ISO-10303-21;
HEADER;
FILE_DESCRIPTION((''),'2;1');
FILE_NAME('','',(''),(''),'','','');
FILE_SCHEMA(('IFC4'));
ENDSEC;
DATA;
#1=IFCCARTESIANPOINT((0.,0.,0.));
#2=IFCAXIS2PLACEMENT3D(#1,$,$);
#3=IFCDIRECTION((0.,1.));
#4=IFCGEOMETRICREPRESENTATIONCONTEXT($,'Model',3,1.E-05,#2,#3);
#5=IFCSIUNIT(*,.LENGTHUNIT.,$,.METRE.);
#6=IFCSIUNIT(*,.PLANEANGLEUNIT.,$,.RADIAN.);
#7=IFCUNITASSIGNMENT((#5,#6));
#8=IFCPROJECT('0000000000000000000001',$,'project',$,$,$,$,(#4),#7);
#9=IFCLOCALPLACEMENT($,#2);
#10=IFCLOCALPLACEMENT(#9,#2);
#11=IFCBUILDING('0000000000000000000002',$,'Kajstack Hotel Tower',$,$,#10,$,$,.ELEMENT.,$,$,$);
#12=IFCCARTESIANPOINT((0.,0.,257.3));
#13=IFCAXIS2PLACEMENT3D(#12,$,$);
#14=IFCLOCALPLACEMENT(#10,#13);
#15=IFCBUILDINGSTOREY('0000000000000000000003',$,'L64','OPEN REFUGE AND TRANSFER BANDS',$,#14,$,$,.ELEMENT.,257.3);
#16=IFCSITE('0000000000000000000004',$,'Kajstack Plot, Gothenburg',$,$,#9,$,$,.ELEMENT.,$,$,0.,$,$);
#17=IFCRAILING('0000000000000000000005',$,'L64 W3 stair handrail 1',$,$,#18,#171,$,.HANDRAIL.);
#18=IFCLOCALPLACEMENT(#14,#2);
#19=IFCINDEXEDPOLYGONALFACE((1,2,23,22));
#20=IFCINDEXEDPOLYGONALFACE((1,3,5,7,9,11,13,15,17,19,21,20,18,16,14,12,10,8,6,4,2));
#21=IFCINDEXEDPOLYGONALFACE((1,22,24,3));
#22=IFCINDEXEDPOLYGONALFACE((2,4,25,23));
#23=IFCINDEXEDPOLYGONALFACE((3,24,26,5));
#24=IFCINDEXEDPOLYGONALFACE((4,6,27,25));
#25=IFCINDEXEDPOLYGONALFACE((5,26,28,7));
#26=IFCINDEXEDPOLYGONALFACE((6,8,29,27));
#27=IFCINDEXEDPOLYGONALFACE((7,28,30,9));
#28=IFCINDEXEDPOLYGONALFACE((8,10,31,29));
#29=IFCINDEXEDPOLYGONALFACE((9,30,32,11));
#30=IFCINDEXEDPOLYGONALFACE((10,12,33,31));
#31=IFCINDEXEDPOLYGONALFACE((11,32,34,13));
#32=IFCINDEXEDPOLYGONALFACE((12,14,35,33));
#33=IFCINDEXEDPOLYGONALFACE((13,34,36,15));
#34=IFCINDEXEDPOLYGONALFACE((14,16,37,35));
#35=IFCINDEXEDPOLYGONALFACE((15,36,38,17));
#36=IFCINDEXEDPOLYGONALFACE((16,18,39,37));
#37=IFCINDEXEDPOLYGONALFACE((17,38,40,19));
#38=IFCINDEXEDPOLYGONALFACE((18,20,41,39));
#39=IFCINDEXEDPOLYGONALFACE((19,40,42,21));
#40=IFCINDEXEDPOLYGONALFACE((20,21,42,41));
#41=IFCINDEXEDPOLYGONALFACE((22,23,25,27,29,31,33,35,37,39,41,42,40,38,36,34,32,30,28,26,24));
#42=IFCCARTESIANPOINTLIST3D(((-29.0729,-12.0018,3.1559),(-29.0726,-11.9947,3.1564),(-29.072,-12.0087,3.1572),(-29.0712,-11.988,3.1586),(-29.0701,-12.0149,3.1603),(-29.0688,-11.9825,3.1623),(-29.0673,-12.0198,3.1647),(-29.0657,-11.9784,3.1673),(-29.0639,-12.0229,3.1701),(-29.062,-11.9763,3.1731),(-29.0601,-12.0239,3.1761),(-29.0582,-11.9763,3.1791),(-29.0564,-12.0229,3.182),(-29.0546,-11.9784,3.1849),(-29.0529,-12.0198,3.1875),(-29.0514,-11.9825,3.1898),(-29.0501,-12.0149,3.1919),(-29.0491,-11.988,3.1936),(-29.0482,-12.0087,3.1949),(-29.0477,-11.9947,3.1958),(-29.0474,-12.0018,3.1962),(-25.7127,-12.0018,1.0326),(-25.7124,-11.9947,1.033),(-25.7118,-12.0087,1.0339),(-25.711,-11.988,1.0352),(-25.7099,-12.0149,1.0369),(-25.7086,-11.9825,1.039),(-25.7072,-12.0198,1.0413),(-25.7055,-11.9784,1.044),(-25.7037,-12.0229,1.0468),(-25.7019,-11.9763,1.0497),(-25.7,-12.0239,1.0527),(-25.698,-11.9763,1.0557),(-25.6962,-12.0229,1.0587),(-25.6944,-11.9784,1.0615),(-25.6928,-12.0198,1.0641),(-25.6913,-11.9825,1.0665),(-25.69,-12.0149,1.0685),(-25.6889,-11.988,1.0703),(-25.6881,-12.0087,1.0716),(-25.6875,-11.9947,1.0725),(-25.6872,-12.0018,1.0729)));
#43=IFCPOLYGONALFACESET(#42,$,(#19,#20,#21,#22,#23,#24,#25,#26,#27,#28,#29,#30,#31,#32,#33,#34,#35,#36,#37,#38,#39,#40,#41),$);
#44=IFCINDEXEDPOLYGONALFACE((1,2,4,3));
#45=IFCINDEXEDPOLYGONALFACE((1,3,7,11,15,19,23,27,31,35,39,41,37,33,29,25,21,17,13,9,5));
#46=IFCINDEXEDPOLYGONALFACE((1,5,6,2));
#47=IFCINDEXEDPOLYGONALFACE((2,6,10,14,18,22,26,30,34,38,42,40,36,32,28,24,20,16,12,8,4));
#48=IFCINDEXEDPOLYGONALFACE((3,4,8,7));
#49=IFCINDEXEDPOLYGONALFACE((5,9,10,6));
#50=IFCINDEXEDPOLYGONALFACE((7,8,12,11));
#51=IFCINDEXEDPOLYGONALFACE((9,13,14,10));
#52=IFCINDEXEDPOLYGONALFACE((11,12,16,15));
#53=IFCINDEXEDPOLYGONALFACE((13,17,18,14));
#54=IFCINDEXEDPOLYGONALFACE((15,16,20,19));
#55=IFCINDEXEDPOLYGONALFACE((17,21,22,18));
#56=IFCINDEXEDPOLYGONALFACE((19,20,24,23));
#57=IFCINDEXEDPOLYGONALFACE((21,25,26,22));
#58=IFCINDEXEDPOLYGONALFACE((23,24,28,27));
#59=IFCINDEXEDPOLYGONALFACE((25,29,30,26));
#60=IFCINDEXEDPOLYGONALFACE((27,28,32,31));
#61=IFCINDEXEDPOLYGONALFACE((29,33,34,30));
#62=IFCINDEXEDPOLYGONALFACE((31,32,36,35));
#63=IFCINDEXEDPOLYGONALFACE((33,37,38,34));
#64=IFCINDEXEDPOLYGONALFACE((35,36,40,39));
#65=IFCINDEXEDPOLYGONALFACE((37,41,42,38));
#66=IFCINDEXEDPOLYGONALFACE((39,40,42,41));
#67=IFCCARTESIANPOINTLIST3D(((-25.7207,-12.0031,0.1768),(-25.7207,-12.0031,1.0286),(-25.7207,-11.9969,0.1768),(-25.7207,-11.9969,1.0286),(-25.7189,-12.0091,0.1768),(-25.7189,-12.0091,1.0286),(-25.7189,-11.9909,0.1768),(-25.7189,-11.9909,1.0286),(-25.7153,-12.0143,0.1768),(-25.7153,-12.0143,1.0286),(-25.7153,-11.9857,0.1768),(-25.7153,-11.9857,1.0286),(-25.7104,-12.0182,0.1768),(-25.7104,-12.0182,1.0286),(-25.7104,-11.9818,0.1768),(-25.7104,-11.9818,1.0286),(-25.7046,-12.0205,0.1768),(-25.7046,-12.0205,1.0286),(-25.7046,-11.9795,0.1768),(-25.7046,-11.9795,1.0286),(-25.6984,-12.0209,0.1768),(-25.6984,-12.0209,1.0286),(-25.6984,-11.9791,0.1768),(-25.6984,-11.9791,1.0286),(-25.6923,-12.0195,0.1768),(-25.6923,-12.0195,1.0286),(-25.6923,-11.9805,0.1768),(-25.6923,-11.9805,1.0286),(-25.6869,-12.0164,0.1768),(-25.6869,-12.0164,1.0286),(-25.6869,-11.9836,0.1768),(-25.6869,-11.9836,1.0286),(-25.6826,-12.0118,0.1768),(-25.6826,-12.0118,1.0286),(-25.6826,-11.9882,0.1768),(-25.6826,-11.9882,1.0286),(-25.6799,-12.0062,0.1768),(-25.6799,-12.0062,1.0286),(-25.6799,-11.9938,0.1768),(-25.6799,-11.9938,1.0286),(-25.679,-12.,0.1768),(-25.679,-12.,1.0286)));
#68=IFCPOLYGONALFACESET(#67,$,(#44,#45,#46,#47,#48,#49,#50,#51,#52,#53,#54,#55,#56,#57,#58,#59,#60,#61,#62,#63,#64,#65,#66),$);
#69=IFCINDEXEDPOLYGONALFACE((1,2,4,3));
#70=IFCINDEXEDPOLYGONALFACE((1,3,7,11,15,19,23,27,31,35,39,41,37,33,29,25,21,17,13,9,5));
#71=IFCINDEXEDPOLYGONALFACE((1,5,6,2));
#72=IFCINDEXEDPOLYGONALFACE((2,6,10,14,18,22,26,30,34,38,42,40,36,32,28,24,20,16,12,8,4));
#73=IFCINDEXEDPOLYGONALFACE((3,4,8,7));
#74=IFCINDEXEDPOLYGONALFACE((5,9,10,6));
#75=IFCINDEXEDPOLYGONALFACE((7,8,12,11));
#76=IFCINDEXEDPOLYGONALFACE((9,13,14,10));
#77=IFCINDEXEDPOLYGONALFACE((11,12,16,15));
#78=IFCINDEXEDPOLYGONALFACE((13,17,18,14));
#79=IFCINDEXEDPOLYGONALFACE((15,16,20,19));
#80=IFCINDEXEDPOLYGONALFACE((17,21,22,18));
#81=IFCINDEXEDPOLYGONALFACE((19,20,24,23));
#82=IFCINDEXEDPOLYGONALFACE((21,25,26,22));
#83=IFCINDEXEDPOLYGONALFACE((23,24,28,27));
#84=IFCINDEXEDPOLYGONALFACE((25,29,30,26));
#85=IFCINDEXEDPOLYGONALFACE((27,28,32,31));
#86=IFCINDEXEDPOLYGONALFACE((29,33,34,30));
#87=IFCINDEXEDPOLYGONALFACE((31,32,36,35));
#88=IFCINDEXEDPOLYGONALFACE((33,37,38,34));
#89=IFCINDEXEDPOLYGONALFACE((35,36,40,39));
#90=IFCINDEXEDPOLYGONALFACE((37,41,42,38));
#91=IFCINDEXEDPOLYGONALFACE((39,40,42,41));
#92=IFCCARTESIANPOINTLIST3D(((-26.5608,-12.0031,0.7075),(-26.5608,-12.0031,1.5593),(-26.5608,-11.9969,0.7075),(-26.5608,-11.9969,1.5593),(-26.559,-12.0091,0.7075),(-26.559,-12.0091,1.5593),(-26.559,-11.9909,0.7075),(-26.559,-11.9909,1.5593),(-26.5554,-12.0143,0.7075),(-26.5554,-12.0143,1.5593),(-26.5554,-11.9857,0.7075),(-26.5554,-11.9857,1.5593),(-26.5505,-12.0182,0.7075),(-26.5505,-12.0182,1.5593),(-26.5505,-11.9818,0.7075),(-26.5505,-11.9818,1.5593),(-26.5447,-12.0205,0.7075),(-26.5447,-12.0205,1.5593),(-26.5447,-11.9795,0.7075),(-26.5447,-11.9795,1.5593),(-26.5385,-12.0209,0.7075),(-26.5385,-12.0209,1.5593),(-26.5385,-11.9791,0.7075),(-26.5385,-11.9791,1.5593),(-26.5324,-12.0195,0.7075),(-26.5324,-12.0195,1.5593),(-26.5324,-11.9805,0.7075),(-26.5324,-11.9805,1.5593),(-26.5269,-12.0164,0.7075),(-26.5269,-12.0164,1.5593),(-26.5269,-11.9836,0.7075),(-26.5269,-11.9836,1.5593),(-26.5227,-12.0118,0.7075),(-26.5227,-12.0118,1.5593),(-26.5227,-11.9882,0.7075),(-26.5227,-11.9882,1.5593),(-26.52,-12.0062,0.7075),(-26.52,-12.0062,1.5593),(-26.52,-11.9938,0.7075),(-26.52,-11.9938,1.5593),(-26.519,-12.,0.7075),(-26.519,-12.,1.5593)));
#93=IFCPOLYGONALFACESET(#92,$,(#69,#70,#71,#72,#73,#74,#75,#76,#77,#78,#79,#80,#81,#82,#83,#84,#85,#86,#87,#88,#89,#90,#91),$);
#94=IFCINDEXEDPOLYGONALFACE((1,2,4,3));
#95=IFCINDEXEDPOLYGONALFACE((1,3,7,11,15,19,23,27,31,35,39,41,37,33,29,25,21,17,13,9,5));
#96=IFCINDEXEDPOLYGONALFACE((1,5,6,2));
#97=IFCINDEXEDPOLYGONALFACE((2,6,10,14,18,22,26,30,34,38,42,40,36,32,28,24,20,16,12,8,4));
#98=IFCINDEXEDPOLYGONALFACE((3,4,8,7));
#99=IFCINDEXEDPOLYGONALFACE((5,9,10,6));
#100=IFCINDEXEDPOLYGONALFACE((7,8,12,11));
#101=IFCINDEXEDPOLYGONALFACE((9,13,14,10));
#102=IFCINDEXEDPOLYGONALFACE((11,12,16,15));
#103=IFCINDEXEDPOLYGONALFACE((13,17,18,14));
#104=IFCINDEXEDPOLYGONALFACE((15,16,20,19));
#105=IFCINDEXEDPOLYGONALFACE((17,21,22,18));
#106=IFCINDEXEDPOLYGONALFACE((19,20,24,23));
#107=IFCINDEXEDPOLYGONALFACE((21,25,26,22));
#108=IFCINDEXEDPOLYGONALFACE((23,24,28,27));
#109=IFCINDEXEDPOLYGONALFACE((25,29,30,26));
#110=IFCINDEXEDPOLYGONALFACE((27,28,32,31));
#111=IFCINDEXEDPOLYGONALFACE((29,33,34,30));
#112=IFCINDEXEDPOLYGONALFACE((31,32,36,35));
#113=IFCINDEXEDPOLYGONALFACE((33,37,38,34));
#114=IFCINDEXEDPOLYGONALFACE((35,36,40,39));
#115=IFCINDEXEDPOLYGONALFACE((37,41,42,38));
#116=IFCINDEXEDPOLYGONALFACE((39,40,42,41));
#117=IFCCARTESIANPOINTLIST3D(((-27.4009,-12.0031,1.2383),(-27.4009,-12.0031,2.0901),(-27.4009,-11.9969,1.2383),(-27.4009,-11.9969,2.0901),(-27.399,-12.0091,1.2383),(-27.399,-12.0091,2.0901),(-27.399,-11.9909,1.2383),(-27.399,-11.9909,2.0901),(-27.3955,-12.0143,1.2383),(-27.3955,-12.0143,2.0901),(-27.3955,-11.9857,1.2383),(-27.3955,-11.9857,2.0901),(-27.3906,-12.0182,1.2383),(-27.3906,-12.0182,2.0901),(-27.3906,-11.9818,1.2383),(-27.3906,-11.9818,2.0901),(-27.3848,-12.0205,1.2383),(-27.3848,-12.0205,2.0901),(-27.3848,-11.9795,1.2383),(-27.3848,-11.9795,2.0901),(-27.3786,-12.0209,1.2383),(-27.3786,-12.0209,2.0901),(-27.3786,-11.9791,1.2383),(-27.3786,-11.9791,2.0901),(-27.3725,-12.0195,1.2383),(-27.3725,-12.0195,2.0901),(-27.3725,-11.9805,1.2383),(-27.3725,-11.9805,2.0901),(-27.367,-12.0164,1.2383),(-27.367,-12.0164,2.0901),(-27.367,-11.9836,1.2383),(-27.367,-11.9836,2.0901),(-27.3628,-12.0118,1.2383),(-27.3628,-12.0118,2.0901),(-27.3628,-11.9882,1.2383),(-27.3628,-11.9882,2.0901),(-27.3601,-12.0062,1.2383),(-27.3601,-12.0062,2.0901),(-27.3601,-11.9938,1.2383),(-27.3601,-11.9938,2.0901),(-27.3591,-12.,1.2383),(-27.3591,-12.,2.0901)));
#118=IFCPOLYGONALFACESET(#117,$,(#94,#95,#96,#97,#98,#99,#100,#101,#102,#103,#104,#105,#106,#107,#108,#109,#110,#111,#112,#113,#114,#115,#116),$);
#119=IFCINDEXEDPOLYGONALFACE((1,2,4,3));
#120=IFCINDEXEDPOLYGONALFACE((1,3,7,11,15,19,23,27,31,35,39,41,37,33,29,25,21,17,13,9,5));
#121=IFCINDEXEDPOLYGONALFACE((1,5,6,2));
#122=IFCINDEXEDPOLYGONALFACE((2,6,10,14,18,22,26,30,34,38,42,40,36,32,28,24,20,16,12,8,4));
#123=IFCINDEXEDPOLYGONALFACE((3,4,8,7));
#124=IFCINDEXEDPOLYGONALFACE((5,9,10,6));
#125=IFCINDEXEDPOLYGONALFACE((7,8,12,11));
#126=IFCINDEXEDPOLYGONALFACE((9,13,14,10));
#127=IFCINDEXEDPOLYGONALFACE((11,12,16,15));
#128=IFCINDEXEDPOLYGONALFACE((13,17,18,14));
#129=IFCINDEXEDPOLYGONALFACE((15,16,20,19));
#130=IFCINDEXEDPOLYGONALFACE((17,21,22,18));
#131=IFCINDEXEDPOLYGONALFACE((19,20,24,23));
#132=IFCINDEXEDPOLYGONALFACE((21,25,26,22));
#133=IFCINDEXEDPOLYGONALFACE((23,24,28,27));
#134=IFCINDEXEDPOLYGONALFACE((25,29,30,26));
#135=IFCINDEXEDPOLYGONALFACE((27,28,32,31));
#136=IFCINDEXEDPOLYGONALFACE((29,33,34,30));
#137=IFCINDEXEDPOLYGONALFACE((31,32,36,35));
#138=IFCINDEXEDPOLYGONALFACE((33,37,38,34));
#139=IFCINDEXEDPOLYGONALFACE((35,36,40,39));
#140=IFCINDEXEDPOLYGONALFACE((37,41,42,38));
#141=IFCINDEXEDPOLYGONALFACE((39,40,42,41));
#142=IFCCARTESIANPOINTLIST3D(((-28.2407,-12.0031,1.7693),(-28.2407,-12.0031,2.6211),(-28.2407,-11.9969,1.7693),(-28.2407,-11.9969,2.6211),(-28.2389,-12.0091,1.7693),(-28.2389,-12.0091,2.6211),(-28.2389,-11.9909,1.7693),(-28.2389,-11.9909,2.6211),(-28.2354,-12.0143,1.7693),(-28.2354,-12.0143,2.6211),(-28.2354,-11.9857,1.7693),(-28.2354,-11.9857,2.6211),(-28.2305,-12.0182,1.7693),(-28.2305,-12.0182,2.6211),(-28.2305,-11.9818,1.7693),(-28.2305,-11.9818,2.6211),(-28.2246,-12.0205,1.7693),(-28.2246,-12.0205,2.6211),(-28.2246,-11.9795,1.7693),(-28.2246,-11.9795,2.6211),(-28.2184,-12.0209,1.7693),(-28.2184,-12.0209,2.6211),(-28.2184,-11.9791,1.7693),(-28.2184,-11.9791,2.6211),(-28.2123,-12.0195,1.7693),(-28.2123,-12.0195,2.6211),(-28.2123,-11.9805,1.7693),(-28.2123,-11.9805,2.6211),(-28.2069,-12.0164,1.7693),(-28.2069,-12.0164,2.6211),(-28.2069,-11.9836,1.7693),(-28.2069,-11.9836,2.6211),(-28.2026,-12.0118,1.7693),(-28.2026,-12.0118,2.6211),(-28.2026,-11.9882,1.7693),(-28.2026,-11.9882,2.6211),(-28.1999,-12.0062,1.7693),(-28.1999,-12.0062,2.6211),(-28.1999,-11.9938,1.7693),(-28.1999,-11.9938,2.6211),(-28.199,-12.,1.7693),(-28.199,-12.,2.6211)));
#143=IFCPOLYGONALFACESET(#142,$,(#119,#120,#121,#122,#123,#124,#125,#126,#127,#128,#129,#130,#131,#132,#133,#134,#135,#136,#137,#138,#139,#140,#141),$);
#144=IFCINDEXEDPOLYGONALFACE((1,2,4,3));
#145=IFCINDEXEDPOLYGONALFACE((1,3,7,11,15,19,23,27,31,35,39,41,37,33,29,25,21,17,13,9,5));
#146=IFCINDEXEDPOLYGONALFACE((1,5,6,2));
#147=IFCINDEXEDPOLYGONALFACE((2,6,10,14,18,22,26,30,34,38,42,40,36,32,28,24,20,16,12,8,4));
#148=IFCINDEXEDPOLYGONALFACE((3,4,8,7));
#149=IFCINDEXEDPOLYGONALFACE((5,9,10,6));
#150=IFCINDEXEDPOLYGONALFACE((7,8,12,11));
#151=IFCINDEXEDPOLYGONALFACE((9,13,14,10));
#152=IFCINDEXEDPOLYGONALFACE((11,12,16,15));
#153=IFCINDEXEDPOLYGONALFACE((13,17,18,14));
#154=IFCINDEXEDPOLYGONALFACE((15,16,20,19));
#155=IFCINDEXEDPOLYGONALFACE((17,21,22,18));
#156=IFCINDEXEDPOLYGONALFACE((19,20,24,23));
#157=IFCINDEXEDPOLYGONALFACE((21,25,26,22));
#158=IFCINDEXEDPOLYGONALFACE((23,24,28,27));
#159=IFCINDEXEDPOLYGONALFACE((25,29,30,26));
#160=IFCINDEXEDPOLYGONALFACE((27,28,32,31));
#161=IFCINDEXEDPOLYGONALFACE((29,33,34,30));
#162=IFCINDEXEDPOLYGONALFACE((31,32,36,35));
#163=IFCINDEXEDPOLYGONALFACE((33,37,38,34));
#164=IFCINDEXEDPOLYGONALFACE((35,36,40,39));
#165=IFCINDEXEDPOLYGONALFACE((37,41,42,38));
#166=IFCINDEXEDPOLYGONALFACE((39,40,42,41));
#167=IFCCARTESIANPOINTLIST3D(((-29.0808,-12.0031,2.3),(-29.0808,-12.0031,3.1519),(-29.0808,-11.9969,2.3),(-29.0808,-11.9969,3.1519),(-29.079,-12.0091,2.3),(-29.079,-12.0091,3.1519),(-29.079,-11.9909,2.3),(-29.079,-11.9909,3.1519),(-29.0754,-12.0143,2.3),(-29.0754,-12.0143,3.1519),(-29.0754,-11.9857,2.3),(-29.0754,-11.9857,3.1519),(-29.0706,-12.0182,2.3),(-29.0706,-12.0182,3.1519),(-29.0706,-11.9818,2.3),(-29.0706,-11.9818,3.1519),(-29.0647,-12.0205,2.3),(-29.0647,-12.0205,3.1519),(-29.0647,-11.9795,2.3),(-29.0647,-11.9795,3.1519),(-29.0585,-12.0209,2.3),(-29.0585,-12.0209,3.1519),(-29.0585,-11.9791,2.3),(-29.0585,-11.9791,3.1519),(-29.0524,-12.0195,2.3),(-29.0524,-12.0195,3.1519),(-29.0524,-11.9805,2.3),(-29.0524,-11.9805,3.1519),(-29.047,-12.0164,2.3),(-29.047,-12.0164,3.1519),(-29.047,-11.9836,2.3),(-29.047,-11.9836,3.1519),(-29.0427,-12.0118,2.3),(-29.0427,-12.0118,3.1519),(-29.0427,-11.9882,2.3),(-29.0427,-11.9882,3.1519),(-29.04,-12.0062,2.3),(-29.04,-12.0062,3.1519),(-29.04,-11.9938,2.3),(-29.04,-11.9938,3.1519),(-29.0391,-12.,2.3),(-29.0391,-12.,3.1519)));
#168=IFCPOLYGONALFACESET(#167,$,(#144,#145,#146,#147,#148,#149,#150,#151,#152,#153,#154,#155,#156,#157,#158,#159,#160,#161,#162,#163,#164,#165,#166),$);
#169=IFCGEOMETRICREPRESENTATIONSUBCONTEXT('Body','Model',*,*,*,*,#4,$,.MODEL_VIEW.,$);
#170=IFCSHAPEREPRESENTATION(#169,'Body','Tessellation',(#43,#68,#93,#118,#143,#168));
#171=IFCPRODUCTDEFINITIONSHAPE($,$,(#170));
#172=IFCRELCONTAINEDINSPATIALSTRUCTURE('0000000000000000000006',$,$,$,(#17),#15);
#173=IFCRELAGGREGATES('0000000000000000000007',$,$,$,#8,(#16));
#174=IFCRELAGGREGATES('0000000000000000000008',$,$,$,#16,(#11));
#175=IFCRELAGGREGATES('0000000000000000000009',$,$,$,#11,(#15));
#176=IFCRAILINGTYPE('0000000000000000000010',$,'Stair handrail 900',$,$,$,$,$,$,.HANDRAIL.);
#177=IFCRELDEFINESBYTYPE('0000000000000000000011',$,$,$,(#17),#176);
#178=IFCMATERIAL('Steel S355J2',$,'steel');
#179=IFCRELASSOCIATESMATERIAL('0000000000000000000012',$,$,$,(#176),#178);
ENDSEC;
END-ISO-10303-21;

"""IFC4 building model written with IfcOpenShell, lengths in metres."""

from ifc_helpers import new_model, si_unit, direction, frame, origin, origin_2d, place, context, subcontext, project, spatial, circle, extrude, material, type_object, element, save


model = new_model("IFC4")

# Units and contexts
model_context = context("Model", 3, precision=1e-05, world=origin(), true_north=direction((0.0, 1.0)))
body_context = subcontext(model_context, "Body", "Model", "MODEL_VIEW")
ifc_project = project(units=[si_unit("LENGTHUNIT", "METRE"), si_unit("PLANEANGLEUNIT", "RADIAN")], contexts=[model_context])

# Site, building, storey
site_placement = place(None, origin())
site = spatial("IfcSite", under=ifc_project, at=site_placement, Name="Kajstack Plot, Gothenburg", CompositionType="ELEMENT", RefElevation=0.0)
building_placement = place(site_placement, origin())
building = spatial("IfcBuilding", under=site, at=building_placement, Name="Kajstack Hotel Tower", CompositionType="ELEMENT")
storey_placement = place(building_placement, frame((0.0, 0.0, 257.3)))
storey = spatial("IfcBuildingStorey", under=building, at=storey_placement, Name="L64", Description="OPEN REFUGE AND TRANSFER BANDS", CompositionType="ELEMENT", Elevation=257.3)

# Railing
ifc_material_1 = material(Name="Steel S355J2", Category="steel")
railing_type_1 = type_object("IfcRailingType", Name="Stair handrail 900", PredefinedType="HANDRAIL", material=ifc_material_1)
railing_1_placement = place(storey_placement, frame((-25.7, -12.0, 0.1768)))
element("IfcRailing", 1, at=railing_1_placement, inside=storey, type_object=railing_type_1, Name="L64 W3 stair handrail 1", PredefinedType="HANDRAIL", context=body_context, shape_type="SweptSolid", body=[
    extrude(circle(Radius=0.0239, at=origin_2d()), frame((0.0, 0.0, 0.876), z_axis=(-0.845362, 0.0, 0.534194), x_axis=(0.0, -1.0, 0.0)), (0.0, 0.0, 1.0), 3.9749),
    extrude(circle(Radius=0.021, at=origin_2d()), origin(), (0.0, 0.0, 1.0), 0.8518),
    extrude(circle(Radius=0.021, at=origin_2d()), frame((-0.8401, 0.0, 0.5308)), (0.0, 0.0, 1.0), 0.8518),
    extrude(circle(Radius=0.021, at=origin_2d()), frame((-1.6802, 0.0, 1.0615)), (0.0, 0.0, 1.0), 0.8518),
    extrude(circle(Radius=0.021, at=origin_2d()), frame((-2.52, 0.0, 1.5925)), (0.0, 0.0, 1.0), 0.8518),
    extrude(circle(Radius=0.021, at=origin_2d()), frame((-3.3601, 0.0, 2.1233)), (0.0, 0.0, 1.0), 0.8518),
])

save(model, "model.ifc")
